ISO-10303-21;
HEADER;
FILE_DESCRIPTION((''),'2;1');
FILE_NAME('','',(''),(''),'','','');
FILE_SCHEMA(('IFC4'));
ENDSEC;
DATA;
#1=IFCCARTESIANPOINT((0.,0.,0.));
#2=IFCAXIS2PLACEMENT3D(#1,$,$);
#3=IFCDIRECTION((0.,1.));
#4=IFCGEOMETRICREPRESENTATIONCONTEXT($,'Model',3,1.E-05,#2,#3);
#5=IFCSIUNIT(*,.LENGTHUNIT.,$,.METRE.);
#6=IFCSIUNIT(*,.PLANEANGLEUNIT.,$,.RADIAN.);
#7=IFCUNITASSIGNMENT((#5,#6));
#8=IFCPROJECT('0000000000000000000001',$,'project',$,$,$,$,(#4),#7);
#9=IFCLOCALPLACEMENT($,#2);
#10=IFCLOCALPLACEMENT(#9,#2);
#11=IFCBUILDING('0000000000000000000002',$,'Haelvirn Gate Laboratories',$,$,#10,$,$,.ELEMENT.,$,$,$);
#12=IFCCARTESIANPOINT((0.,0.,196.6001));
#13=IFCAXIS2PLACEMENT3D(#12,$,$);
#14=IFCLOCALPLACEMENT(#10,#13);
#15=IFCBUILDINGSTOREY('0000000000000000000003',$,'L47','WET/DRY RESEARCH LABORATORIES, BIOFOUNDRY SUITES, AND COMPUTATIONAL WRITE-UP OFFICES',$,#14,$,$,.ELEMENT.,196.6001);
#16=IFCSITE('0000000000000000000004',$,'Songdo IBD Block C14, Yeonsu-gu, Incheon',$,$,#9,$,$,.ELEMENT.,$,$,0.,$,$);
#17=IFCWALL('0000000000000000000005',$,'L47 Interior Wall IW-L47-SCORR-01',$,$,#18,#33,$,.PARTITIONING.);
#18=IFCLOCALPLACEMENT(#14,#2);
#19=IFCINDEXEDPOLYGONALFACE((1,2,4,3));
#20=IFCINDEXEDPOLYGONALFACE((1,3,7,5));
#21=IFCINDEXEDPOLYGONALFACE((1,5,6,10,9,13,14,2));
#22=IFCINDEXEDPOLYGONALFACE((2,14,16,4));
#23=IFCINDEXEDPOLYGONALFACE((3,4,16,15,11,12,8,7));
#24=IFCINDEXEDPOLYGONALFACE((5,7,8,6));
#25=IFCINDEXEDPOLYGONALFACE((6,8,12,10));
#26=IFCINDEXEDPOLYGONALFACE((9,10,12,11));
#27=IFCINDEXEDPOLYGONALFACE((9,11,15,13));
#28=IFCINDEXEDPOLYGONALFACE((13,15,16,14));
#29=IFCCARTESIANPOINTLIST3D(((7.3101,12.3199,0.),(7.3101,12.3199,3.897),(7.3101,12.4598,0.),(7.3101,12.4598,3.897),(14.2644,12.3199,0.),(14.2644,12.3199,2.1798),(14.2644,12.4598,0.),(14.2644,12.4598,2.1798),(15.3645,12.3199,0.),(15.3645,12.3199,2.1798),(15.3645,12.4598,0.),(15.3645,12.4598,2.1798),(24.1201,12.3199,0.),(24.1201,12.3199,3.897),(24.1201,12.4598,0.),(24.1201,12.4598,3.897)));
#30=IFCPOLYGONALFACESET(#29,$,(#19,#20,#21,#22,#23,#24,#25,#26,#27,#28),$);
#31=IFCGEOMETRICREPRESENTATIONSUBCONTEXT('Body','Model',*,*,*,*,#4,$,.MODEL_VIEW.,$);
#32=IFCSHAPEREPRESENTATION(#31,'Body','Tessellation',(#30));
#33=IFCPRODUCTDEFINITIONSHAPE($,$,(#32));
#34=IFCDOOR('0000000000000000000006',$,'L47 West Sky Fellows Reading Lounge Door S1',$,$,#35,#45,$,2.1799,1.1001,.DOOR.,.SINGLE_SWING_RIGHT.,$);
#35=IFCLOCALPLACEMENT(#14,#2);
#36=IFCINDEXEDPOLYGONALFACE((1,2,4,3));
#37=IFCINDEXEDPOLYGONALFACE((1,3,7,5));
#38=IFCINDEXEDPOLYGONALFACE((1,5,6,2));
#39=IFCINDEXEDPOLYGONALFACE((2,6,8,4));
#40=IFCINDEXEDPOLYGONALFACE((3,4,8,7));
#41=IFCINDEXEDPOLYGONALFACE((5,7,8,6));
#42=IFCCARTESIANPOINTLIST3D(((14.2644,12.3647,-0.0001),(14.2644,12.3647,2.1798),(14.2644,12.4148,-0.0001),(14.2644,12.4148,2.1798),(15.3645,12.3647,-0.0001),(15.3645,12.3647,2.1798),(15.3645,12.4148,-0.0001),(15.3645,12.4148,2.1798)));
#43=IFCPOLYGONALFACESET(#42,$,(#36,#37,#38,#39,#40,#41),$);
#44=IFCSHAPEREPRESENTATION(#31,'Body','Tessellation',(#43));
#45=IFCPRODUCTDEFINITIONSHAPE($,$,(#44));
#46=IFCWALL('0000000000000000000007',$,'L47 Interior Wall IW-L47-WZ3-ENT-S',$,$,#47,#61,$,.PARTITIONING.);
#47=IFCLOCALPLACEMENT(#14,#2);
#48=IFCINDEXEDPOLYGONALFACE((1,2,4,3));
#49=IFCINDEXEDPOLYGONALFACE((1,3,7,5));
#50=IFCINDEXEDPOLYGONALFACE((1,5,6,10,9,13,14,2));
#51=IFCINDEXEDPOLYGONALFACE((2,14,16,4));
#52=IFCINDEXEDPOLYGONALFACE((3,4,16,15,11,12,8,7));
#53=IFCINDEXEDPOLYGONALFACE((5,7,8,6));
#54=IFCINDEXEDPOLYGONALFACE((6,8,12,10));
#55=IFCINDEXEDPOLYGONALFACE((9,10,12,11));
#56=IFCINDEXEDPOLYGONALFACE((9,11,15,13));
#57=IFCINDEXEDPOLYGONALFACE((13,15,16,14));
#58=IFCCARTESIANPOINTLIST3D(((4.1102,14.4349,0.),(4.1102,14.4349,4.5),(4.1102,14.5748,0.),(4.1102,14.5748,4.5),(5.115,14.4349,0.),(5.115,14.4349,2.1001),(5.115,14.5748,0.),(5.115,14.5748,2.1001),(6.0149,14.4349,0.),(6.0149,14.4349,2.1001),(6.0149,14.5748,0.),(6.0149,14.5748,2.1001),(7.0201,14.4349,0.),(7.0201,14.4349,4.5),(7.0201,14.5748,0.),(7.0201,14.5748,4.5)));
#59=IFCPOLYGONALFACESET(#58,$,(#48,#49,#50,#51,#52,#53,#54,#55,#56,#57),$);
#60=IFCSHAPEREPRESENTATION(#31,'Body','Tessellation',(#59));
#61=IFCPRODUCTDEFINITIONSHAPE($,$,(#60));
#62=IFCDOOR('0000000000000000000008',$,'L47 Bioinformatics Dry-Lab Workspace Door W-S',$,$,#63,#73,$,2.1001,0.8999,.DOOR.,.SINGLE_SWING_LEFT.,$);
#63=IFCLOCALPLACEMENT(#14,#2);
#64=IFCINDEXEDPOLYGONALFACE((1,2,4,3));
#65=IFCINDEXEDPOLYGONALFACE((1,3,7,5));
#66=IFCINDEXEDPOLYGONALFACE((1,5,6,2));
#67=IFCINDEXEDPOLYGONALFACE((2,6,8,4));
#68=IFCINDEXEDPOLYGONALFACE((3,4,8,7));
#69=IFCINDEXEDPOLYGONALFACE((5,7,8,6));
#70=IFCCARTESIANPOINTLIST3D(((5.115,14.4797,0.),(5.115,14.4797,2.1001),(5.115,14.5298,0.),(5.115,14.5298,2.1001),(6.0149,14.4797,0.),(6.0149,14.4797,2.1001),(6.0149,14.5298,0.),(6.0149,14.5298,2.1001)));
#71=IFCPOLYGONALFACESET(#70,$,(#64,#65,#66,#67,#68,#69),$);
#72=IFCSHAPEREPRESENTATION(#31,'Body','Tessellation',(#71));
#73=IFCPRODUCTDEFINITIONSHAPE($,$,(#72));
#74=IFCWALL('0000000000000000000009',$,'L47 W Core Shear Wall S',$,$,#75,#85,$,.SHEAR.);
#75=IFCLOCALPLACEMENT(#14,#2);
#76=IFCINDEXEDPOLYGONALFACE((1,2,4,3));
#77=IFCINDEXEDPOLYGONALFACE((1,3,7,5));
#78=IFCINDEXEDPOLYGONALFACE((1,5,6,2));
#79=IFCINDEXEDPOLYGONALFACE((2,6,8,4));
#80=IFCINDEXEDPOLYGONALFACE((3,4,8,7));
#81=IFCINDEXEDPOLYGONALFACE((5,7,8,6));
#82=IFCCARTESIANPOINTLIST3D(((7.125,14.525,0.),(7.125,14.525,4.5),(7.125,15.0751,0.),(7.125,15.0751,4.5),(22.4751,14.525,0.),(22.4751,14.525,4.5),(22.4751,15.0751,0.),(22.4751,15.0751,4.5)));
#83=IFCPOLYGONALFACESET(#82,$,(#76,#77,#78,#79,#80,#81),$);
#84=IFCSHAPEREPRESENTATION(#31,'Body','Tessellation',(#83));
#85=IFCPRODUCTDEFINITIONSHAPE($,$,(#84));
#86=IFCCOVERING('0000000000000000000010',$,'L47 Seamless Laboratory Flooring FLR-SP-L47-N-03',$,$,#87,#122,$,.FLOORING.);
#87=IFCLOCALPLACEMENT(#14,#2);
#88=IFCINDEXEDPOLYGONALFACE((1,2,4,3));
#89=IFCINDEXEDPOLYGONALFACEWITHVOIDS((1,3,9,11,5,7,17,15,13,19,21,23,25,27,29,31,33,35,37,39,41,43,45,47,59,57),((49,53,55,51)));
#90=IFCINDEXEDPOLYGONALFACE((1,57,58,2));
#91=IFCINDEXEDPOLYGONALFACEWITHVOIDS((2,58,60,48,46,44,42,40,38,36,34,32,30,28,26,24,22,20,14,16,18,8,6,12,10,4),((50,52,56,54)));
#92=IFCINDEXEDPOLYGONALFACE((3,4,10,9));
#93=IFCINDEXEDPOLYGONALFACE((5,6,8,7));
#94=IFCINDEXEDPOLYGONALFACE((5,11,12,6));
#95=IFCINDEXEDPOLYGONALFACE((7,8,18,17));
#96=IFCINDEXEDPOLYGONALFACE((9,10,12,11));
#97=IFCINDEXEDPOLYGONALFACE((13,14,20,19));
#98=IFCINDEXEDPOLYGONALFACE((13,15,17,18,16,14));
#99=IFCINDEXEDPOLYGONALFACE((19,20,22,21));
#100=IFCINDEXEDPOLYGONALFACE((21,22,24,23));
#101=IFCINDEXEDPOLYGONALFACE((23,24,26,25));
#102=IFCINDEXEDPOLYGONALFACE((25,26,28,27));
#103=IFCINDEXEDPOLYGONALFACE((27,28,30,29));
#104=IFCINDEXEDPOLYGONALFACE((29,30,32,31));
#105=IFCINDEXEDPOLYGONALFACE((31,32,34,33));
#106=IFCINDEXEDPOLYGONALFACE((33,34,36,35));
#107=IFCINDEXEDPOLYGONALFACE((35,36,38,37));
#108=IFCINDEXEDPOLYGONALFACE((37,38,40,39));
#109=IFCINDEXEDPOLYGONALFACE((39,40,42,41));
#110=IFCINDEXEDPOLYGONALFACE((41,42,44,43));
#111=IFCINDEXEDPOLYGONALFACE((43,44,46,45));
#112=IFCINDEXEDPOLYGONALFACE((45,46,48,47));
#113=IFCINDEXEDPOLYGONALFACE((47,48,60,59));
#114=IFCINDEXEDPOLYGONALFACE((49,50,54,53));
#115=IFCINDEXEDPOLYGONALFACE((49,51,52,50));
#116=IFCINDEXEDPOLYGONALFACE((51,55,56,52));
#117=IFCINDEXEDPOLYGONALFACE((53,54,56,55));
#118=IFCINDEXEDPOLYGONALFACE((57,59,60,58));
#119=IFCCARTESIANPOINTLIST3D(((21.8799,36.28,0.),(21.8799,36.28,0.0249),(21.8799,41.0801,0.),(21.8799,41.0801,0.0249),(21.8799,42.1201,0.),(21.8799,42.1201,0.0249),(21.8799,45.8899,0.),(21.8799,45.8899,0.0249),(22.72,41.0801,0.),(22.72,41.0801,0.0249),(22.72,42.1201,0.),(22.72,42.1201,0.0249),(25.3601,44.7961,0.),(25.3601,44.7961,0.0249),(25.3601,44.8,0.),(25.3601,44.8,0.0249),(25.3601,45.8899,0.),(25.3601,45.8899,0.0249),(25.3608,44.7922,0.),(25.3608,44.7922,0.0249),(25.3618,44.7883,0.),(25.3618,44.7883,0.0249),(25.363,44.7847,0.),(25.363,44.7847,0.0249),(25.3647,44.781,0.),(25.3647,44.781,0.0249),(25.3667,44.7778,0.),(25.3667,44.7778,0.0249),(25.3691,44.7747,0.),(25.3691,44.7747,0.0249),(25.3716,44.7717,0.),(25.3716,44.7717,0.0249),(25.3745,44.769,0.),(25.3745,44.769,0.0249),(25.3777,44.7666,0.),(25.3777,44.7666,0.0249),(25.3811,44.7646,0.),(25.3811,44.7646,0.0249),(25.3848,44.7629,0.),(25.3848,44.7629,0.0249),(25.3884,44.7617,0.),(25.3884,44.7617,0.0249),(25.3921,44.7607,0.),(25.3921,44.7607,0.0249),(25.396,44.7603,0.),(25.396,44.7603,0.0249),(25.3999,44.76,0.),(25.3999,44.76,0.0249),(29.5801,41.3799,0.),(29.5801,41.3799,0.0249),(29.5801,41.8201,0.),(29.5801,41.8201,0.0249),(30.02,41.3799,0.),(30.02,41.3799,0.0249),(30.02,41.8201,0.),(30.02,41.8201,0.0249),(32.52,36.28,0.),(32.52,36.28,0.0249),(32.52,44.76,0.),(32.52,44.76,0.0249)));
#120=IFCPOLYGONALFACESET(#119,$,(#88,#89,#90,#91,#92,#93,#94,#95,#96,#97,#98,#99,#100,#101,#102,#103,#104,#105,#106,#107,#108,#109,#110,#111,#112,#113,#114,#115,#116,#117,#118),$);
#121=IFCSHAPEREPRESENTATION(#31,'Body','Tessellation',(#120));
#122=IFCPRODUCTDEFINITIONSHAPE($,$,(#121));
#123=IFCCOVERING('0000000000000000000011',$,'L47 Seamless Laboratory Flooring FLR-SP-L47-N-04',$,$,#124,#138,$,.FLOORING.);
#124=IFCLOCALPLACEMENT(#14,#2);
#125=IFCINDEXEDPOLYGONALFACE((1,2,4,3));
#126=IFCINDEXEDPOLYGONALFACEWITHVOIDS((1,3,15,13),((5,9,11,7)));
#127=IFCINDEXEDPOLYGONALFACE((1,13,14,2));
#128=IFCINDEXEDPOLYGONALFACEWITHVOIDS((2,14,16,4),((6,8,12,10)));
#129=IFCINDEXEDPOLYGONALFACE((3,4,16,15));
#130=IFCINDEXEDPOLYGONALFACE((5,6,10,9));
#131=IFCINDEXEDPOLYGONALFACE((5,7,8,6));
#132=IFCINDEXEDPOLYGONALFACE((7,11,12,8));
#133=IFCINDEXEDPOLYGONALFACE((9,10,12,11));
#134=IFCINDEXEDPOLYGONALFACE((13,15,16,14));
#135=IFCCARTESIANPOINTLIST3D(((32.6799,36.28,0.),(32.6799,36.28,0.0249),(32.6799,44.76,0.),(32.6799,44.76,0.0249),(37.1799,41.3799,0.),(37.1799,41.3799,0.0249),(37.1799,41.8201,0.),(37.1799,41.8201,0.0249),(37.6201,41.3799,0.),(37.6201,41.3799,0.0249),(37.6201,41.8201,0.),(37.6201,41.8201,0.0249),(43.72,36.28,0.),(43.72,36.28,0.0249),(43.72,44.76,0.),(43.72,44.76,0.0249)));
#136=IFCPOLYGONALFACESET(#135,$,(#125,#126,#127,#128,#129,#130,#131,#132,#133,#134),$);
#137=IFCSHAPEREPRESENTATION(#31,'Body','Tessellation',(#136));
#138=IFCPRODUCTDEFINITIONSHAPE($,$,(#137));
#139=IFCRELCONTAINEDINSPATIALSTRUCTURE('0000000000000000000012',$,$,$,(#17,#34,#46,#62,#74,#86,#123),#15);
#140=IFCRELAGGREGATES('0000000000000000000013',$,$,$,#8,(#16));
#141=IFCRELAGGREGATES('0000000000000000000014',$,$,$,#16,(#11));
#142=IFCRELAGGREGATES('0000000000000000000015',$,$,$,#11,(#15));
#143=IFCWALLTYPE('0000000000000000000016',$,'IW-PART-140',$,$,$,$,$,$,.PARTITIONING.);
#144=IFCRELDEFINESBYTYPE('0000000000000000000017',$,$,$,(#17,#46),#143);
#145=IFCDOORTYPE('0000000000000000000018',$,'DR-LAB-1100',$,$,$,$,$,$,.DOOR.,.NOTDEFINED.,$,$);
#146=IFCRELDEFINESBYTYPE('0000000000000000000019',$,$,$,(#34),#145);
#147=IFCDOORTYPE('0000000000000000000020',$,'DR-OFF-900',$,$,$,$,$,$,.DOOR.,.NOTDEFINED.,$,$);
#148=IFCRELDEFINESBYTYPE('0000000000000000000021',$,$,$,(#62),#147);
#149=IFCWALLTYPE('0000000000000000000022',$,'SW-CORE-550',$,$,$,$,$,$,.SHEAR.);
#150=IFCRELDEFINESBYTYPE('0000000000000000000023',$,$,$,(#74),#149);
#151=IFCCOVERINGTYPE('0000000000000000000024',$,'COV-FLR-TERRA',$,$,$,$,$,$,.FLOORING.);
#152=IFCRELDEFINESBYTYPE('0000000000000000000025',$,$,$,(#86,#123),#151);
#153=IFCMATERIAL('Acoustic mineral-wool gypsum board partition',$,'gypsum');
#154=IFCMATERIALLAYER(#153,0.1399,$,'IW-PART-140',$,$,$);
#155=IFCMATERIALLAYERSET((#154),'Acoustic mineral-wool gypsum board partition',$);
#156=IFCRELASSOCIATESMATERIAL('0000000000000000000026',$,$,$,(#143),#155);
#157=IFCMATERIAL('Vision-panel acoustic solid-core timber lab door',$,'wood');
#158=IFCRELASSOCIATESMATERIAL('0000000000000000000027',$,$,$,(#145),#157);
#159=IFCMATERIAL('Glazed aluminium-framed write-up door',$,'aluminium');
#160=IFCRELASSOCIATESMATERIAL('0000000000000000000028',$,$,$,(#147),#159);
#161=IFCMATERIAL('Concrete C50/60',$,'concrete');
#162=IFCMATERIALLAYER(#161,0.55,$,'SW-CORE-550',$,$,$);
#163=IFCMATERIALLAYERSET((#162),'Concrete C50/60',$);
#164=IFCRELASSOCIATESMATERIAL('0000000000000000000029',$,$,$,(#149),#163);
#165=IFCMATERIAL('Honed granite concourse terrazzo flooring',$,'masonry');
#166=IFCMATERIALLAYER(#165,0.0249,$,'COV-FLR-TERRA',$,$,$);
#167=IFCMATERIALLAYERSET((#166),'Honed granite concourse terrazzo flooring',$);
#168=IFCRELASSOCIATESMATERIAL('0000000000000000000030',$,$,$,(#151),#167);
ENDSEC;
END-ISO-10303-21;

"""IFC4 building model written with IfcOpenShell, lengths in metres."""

from ifc_helpers import new_model, si_unit, direction, frame, frame_2d, origin, place, context, subcontext, project, spatial, polyline, rectangle, outline, extrude, source, transform, mapped, material, layer, layer_set, type_object, type_shapes, element, fill, save


model = new_model("IFC4")

# Units and contexts
model_context = context("Model", 3, precision=1e-05, world=origin(), true_north=direction((0.0, 1.0)))
body_context = subcontext(model_context, "Body", "Model", "MODEL_VIEW")
ifc_project = project(units=[si_unit("LENGTHUNIT", "METRE"), si_unit("PLANEANGLEUNIT", "RADIAN")], contexts=[model_context])

# Site, building, storey
site_placement = place(None, origin())
site = spatial("IfcSite", under=ifc_project, at=site_placement, Name="Songdo IBD Block C14, Yeonsu-gu, Incheon", CompositionType="ELEMENT", RefElevation=0.0)
building_placement = place(site_placement, origin())
building = spatial("IfcBuilding", under=site, at=building_placement, Name="Haelvirn Gate Laboratories", CompositionType="ELEMENT")
storey_placement = place(building_placement, frame((0.0, 0.0, 196.6001)))
storey = spatial("IfcBuildingStorey", under=building, at=storey_placement, Name="L47", Description="WET/DRY RESEARCH LABORATORIES, BIOFOUNDRY SUITES, AND COMPUTATIONAL WRITE-UP OFFICES", CompositionType="ELEMENT", Elevation=196.6001)

# Walls, openings, doors
ifc_material_1 = material(Name="Acoustic mineral-wool gypsum board partition", Category="gypsum")
ifc_layer_1 = layer(ifc_material_1, 0.1399, Name="IW-PART-140")
ifc_layer_set_1 = layer_set([ifc_layer_1], Name="Acoustic mineral-wool gypsum board partition")
wall_type_1 = type_object("IfcWallType", Name="IW-PART-140", PredefinedType="PARTITIONING", material=ifc_layer_set_1)
wall_1_placement = place(storey_placement, frame((7.3101, 12.3899, 0.0), z_axis=(0.0, 0.0, 1.0), x_axis=(1.0, 0.0, 0.0)))
wall_1 = element("IfcWall", 1, at=wall_1_placement, inside=storey, type_object=wall_type_1, Name="L47 Interior Wall IW-L47-SCORR-01", PredefinedType="PARTITIONING", context=body_context, shape_type="SweptSolid", body=[
    extrude(rectangle(XDim=16.8101, YDim=0.1399, at=frame_2d((8.405, 0.0))), origin(), (0.0, 0.0, 1.0), 3.897),
])
opening_1_placement = place(wall_1_placement, frame((6.9543, 0.0, 0.0)))
opening_1 = element("IfcOpeningElement", 2, at=opening_1_placement, cuts=wall_1, PredefinedType="OPENING", context=body_context, shape_type="SweptSolid", body=[
    extrude(rectangle(XDim=1.1001, YDim=2.1799, at=frame_2d((0.55, 1.0898))), frame((0.0, 0.0801, 0.0), z_axis=(0.0, -1.0, 0.0), x_axis=(1.0, 0.0, 0.0)), (0.0, 0.0, 1.0), 0.1599),
])
ifc_material_2 = material(Name="Vision-panel acoustic solid-core timber lab door", Category="wood")
door_type_1 = type_object("IfcDoorType", Name="DR-LAB-1100", OperationType="NOTDEFINED", PredefinedType="DOOR", material=ifc_material_2)
shared_shape_1 = source(origin(), body_context, "Body", "SweptSolid", [
    extrude(rectangle(XDim=1.1001, YDim=2.1799, at=frame_2d((0.55, 1.0898))), frame((0.0, 0.0249, 0.0), z_axis=(0.0, -1.0, 0.0), x_axis=(1.0, 0.0, 0.0)), (0.0, 0.0, 1.0), 0.05),
])
type_shapes(door_type_1, [shared_shape_1])
door_1_placement = place(opening_1_placement, origin())
door_1 = element("IfcDoor", 3, at=door_1_placement, inside=storey, type_object=door_type_1, Name="L47 West Sky Fellows Reading Lounge Door S1", OperationType="SINGLE_SWING_RIGHT", OverallHeight=2.1799, OverallWidth=1.1001, PredefinedType="DOOR", context=body_context, shape_type="MappedRepresentation", body=[
    mapped(shared_shape_1, transform((0.0, 0.0, 0.0), scale=1.0)),
])
fill(opening_1, door_1)
wall_2_placement = place(storey_placement, frame((4.1101, 14.5049, 0.0), z_axis=(0.0, 0.0, 1.0), x_axis=(1.0, 0.0, 0.0)))
wall_2 = element("IfcWall", 4, at=wall_2_placement, inside=storey, type_object=wall_type_1, Name="L47 Interior Wall IW-L47-WZ3-ENT-S", PredefinedType="PARTITIONING", context=body_context, shape_type="SweptSolid", body=[
    extrude(rectangle(XDim=2.9099, YDim=0.1399, at=frame_2d((1.4551, 0.0))), origin(), (0.0, 0.0, 1.0), 4.5),
])
opening_2_placement = place(wall_2_placement, frame((1.0049, 0.0, 0.0)))
opening_2 = element("IfcOpeningElement", 5, at=opening_2_placement, cuts=wall_2, PredefinedType="OPENING", context=body_context, shape_type="SweptSolid", body=[
    extrude(rectangle(XDim=0.8999, YDim=2.1001, at=frame_2d((0.45, 1.05))), frame((0.0, 0.0801, 0.0), z_axis=(0.0, -1.0, 0.0), x_axis=(1.0, 0.0, 0.0)), (0.0, 0.0, 1.0), 0.1599),
])
ifc_material_3 = material(Name="Glazed aluminium-framed write-up door", Category="aluminium")
door_type_2 = type_object("IfcDoorType", Name="DR-OFF-900", OperationType="NOTDEFINED", PredefinedType="DOOR", material=ifc_material_3)
shared_shape_2 = source(origin(), body_context, "Body", "SweptSolid", [
    extrude(rectangle(XDim=0.8999, YDim=2.1001, at=frame_2d((0.45, 1.05))), frame((0.0, 0.0249, 0.0), z_axis=(0.0, -1.0, 0.0), x_axis=(1.0, 0.0, 0.0)), (0.0, 0.0, 1.0), 0.05),
])
type_shapes(door_type_2, [shared_shape_2])
door_2_placement = place(opening_2_placement, origin())
door_2 = element("IfcDoor", 6, at=door_2_placement, inside=storey, type_object=door_type_2, Name="L47 Bioinformatics Dry-Lab Workspace Door W-S", OperationType="SINGLE_SWING_LEFT", OverallHeight=2.1001, OverallWidth=0.8999, PredefinedType="DOOR", context=body_context, shape_type="MappedRepresentation", body=[
    mapped(shared_shape_2, transform((0.0, 0.0, 0.0), scale=1.0)),
])
fill(opening_2, door_2)

# Wall
ifc_material_4 = material(Name="Concrete C50/60", Category="concrete")
ifc_layer_2 = layer(ifc_material_4, 0.55, Name="SW-CORE-550")
ifc_layer_set_2 = layer_set([ifc_layer_2], Name="Concrete C50/60")
wall_type_2 = type_object("IfcWallType", Name="SW-CORE-550", PredefinedType="SHEAR", material=ifc_layer_set_2)
wall_3_placement = place(storey_placement, frame((7.125, 14.8, 0.0), z_axis=(0.0, 0.0, 1.0), x_axis=(1.0, 0.0, 0.0)))
element("IfcWall", 7, at=wall_3_placement, inside=storey, type_object=wall_type_2, Name="L47 W Core Shear Wall S", PredefinedType="SHEAR", context=body_context, shape_type="SweptSolid", body=[
    extrude(rectangle(XDim=15.3501, YDim=0.55, at=frame_2d((7.675, 0.0))), origin(), (0.0, 0.0, 1.0), 4.5),
])

# Coverings
ifc_material_5 = material(Name="Honed granite concourse terrazzo flooring", Category="masonry")
ifc_layer_3 = layer(ifc_material_5, 0.0249, Name="COV-FLR-TERRA")
ifc_layer_set_3 = layer_set([ifc_layer_3], Name="Honed granite concourse terrazzo flooring")
covering_type = type_object("IfcCoveringType", Name="COV-FLR-TERRA", PredefinedType="FLOORING", material=ifc_layer_set_3)
covering_1_placement = place(storey_placement, origin())
element("IfcCovering", 8, at=covering_1_placement, inside=storey, type_object=covering_type, Name="L47 Seamless Laboratory Flooring FLR-SP-L47-N-03", PredefinedType="FLOORING", context=body_context, shape_type="SweptSolid", body=[
    extrude(outline(polyline([(22.72, 41.0801), (22.72, 42.1201), (21.8799, 42.1201), (21.8799, 45.8899), (25.3601, 45.8899), (25.3601, 44.8), (25.3601, 44.7961), (25.3608, 44.7922), (25.3618, 44.7883), (25.363, 44.7847), (25.3647, 44.781), (25.3667, 44.7778), (25.3691, 44.7747), (25.3716, 44.7717), (25.3745, 44.769), (25.3777, 44.7666), (25.3811, 44.7646), (25.3848, 44.7629), (25.3884, 44.7617), (25.3921, 44.7607), (25.396, 44.7603), (25.3999, 44.76), (32.52, 44.76), (32.52, 36.28), (21.8799, 36.28), (21.8799, 41.0801), (22.72, 41.0801)]), holes=[polyline([(29.5801, 41.8201), (29.5801, 41.3799), (30.02, 41.3799), (30.02, 41.8201), (29.5801, 41.8201)])]), origin(), (0.0, 0.0, 1.0), 0.0249),
])
covering_2_placement = place(storey_placement, origin())
element("IfcCovering", 9, at=covering_2_placement, inside=storey, type_object=covering_type, Name="L47 Seamless Laboratory Flooring FLR-SP-L47-N-04", PredefinedType="FLOORING", context=body_context, shape_type="SweptSolid", body=[
    extrude(outline(polyline([(32.6799, 44.76), (43.72, 44.76), (43.72, 36.28), (32.6799, 36.28), (32.6799, 44.76)]), holes=[polyline([(37.1799, 41.8201), (37.1799, 41.3799), (37.6201, 41.3799), (37.6201, 41.8201), (37.1799, 41.8201)])]), origin(), (0.0, 0.0, 1.0), 0.0249),
])

save(model, "model.ifc")
